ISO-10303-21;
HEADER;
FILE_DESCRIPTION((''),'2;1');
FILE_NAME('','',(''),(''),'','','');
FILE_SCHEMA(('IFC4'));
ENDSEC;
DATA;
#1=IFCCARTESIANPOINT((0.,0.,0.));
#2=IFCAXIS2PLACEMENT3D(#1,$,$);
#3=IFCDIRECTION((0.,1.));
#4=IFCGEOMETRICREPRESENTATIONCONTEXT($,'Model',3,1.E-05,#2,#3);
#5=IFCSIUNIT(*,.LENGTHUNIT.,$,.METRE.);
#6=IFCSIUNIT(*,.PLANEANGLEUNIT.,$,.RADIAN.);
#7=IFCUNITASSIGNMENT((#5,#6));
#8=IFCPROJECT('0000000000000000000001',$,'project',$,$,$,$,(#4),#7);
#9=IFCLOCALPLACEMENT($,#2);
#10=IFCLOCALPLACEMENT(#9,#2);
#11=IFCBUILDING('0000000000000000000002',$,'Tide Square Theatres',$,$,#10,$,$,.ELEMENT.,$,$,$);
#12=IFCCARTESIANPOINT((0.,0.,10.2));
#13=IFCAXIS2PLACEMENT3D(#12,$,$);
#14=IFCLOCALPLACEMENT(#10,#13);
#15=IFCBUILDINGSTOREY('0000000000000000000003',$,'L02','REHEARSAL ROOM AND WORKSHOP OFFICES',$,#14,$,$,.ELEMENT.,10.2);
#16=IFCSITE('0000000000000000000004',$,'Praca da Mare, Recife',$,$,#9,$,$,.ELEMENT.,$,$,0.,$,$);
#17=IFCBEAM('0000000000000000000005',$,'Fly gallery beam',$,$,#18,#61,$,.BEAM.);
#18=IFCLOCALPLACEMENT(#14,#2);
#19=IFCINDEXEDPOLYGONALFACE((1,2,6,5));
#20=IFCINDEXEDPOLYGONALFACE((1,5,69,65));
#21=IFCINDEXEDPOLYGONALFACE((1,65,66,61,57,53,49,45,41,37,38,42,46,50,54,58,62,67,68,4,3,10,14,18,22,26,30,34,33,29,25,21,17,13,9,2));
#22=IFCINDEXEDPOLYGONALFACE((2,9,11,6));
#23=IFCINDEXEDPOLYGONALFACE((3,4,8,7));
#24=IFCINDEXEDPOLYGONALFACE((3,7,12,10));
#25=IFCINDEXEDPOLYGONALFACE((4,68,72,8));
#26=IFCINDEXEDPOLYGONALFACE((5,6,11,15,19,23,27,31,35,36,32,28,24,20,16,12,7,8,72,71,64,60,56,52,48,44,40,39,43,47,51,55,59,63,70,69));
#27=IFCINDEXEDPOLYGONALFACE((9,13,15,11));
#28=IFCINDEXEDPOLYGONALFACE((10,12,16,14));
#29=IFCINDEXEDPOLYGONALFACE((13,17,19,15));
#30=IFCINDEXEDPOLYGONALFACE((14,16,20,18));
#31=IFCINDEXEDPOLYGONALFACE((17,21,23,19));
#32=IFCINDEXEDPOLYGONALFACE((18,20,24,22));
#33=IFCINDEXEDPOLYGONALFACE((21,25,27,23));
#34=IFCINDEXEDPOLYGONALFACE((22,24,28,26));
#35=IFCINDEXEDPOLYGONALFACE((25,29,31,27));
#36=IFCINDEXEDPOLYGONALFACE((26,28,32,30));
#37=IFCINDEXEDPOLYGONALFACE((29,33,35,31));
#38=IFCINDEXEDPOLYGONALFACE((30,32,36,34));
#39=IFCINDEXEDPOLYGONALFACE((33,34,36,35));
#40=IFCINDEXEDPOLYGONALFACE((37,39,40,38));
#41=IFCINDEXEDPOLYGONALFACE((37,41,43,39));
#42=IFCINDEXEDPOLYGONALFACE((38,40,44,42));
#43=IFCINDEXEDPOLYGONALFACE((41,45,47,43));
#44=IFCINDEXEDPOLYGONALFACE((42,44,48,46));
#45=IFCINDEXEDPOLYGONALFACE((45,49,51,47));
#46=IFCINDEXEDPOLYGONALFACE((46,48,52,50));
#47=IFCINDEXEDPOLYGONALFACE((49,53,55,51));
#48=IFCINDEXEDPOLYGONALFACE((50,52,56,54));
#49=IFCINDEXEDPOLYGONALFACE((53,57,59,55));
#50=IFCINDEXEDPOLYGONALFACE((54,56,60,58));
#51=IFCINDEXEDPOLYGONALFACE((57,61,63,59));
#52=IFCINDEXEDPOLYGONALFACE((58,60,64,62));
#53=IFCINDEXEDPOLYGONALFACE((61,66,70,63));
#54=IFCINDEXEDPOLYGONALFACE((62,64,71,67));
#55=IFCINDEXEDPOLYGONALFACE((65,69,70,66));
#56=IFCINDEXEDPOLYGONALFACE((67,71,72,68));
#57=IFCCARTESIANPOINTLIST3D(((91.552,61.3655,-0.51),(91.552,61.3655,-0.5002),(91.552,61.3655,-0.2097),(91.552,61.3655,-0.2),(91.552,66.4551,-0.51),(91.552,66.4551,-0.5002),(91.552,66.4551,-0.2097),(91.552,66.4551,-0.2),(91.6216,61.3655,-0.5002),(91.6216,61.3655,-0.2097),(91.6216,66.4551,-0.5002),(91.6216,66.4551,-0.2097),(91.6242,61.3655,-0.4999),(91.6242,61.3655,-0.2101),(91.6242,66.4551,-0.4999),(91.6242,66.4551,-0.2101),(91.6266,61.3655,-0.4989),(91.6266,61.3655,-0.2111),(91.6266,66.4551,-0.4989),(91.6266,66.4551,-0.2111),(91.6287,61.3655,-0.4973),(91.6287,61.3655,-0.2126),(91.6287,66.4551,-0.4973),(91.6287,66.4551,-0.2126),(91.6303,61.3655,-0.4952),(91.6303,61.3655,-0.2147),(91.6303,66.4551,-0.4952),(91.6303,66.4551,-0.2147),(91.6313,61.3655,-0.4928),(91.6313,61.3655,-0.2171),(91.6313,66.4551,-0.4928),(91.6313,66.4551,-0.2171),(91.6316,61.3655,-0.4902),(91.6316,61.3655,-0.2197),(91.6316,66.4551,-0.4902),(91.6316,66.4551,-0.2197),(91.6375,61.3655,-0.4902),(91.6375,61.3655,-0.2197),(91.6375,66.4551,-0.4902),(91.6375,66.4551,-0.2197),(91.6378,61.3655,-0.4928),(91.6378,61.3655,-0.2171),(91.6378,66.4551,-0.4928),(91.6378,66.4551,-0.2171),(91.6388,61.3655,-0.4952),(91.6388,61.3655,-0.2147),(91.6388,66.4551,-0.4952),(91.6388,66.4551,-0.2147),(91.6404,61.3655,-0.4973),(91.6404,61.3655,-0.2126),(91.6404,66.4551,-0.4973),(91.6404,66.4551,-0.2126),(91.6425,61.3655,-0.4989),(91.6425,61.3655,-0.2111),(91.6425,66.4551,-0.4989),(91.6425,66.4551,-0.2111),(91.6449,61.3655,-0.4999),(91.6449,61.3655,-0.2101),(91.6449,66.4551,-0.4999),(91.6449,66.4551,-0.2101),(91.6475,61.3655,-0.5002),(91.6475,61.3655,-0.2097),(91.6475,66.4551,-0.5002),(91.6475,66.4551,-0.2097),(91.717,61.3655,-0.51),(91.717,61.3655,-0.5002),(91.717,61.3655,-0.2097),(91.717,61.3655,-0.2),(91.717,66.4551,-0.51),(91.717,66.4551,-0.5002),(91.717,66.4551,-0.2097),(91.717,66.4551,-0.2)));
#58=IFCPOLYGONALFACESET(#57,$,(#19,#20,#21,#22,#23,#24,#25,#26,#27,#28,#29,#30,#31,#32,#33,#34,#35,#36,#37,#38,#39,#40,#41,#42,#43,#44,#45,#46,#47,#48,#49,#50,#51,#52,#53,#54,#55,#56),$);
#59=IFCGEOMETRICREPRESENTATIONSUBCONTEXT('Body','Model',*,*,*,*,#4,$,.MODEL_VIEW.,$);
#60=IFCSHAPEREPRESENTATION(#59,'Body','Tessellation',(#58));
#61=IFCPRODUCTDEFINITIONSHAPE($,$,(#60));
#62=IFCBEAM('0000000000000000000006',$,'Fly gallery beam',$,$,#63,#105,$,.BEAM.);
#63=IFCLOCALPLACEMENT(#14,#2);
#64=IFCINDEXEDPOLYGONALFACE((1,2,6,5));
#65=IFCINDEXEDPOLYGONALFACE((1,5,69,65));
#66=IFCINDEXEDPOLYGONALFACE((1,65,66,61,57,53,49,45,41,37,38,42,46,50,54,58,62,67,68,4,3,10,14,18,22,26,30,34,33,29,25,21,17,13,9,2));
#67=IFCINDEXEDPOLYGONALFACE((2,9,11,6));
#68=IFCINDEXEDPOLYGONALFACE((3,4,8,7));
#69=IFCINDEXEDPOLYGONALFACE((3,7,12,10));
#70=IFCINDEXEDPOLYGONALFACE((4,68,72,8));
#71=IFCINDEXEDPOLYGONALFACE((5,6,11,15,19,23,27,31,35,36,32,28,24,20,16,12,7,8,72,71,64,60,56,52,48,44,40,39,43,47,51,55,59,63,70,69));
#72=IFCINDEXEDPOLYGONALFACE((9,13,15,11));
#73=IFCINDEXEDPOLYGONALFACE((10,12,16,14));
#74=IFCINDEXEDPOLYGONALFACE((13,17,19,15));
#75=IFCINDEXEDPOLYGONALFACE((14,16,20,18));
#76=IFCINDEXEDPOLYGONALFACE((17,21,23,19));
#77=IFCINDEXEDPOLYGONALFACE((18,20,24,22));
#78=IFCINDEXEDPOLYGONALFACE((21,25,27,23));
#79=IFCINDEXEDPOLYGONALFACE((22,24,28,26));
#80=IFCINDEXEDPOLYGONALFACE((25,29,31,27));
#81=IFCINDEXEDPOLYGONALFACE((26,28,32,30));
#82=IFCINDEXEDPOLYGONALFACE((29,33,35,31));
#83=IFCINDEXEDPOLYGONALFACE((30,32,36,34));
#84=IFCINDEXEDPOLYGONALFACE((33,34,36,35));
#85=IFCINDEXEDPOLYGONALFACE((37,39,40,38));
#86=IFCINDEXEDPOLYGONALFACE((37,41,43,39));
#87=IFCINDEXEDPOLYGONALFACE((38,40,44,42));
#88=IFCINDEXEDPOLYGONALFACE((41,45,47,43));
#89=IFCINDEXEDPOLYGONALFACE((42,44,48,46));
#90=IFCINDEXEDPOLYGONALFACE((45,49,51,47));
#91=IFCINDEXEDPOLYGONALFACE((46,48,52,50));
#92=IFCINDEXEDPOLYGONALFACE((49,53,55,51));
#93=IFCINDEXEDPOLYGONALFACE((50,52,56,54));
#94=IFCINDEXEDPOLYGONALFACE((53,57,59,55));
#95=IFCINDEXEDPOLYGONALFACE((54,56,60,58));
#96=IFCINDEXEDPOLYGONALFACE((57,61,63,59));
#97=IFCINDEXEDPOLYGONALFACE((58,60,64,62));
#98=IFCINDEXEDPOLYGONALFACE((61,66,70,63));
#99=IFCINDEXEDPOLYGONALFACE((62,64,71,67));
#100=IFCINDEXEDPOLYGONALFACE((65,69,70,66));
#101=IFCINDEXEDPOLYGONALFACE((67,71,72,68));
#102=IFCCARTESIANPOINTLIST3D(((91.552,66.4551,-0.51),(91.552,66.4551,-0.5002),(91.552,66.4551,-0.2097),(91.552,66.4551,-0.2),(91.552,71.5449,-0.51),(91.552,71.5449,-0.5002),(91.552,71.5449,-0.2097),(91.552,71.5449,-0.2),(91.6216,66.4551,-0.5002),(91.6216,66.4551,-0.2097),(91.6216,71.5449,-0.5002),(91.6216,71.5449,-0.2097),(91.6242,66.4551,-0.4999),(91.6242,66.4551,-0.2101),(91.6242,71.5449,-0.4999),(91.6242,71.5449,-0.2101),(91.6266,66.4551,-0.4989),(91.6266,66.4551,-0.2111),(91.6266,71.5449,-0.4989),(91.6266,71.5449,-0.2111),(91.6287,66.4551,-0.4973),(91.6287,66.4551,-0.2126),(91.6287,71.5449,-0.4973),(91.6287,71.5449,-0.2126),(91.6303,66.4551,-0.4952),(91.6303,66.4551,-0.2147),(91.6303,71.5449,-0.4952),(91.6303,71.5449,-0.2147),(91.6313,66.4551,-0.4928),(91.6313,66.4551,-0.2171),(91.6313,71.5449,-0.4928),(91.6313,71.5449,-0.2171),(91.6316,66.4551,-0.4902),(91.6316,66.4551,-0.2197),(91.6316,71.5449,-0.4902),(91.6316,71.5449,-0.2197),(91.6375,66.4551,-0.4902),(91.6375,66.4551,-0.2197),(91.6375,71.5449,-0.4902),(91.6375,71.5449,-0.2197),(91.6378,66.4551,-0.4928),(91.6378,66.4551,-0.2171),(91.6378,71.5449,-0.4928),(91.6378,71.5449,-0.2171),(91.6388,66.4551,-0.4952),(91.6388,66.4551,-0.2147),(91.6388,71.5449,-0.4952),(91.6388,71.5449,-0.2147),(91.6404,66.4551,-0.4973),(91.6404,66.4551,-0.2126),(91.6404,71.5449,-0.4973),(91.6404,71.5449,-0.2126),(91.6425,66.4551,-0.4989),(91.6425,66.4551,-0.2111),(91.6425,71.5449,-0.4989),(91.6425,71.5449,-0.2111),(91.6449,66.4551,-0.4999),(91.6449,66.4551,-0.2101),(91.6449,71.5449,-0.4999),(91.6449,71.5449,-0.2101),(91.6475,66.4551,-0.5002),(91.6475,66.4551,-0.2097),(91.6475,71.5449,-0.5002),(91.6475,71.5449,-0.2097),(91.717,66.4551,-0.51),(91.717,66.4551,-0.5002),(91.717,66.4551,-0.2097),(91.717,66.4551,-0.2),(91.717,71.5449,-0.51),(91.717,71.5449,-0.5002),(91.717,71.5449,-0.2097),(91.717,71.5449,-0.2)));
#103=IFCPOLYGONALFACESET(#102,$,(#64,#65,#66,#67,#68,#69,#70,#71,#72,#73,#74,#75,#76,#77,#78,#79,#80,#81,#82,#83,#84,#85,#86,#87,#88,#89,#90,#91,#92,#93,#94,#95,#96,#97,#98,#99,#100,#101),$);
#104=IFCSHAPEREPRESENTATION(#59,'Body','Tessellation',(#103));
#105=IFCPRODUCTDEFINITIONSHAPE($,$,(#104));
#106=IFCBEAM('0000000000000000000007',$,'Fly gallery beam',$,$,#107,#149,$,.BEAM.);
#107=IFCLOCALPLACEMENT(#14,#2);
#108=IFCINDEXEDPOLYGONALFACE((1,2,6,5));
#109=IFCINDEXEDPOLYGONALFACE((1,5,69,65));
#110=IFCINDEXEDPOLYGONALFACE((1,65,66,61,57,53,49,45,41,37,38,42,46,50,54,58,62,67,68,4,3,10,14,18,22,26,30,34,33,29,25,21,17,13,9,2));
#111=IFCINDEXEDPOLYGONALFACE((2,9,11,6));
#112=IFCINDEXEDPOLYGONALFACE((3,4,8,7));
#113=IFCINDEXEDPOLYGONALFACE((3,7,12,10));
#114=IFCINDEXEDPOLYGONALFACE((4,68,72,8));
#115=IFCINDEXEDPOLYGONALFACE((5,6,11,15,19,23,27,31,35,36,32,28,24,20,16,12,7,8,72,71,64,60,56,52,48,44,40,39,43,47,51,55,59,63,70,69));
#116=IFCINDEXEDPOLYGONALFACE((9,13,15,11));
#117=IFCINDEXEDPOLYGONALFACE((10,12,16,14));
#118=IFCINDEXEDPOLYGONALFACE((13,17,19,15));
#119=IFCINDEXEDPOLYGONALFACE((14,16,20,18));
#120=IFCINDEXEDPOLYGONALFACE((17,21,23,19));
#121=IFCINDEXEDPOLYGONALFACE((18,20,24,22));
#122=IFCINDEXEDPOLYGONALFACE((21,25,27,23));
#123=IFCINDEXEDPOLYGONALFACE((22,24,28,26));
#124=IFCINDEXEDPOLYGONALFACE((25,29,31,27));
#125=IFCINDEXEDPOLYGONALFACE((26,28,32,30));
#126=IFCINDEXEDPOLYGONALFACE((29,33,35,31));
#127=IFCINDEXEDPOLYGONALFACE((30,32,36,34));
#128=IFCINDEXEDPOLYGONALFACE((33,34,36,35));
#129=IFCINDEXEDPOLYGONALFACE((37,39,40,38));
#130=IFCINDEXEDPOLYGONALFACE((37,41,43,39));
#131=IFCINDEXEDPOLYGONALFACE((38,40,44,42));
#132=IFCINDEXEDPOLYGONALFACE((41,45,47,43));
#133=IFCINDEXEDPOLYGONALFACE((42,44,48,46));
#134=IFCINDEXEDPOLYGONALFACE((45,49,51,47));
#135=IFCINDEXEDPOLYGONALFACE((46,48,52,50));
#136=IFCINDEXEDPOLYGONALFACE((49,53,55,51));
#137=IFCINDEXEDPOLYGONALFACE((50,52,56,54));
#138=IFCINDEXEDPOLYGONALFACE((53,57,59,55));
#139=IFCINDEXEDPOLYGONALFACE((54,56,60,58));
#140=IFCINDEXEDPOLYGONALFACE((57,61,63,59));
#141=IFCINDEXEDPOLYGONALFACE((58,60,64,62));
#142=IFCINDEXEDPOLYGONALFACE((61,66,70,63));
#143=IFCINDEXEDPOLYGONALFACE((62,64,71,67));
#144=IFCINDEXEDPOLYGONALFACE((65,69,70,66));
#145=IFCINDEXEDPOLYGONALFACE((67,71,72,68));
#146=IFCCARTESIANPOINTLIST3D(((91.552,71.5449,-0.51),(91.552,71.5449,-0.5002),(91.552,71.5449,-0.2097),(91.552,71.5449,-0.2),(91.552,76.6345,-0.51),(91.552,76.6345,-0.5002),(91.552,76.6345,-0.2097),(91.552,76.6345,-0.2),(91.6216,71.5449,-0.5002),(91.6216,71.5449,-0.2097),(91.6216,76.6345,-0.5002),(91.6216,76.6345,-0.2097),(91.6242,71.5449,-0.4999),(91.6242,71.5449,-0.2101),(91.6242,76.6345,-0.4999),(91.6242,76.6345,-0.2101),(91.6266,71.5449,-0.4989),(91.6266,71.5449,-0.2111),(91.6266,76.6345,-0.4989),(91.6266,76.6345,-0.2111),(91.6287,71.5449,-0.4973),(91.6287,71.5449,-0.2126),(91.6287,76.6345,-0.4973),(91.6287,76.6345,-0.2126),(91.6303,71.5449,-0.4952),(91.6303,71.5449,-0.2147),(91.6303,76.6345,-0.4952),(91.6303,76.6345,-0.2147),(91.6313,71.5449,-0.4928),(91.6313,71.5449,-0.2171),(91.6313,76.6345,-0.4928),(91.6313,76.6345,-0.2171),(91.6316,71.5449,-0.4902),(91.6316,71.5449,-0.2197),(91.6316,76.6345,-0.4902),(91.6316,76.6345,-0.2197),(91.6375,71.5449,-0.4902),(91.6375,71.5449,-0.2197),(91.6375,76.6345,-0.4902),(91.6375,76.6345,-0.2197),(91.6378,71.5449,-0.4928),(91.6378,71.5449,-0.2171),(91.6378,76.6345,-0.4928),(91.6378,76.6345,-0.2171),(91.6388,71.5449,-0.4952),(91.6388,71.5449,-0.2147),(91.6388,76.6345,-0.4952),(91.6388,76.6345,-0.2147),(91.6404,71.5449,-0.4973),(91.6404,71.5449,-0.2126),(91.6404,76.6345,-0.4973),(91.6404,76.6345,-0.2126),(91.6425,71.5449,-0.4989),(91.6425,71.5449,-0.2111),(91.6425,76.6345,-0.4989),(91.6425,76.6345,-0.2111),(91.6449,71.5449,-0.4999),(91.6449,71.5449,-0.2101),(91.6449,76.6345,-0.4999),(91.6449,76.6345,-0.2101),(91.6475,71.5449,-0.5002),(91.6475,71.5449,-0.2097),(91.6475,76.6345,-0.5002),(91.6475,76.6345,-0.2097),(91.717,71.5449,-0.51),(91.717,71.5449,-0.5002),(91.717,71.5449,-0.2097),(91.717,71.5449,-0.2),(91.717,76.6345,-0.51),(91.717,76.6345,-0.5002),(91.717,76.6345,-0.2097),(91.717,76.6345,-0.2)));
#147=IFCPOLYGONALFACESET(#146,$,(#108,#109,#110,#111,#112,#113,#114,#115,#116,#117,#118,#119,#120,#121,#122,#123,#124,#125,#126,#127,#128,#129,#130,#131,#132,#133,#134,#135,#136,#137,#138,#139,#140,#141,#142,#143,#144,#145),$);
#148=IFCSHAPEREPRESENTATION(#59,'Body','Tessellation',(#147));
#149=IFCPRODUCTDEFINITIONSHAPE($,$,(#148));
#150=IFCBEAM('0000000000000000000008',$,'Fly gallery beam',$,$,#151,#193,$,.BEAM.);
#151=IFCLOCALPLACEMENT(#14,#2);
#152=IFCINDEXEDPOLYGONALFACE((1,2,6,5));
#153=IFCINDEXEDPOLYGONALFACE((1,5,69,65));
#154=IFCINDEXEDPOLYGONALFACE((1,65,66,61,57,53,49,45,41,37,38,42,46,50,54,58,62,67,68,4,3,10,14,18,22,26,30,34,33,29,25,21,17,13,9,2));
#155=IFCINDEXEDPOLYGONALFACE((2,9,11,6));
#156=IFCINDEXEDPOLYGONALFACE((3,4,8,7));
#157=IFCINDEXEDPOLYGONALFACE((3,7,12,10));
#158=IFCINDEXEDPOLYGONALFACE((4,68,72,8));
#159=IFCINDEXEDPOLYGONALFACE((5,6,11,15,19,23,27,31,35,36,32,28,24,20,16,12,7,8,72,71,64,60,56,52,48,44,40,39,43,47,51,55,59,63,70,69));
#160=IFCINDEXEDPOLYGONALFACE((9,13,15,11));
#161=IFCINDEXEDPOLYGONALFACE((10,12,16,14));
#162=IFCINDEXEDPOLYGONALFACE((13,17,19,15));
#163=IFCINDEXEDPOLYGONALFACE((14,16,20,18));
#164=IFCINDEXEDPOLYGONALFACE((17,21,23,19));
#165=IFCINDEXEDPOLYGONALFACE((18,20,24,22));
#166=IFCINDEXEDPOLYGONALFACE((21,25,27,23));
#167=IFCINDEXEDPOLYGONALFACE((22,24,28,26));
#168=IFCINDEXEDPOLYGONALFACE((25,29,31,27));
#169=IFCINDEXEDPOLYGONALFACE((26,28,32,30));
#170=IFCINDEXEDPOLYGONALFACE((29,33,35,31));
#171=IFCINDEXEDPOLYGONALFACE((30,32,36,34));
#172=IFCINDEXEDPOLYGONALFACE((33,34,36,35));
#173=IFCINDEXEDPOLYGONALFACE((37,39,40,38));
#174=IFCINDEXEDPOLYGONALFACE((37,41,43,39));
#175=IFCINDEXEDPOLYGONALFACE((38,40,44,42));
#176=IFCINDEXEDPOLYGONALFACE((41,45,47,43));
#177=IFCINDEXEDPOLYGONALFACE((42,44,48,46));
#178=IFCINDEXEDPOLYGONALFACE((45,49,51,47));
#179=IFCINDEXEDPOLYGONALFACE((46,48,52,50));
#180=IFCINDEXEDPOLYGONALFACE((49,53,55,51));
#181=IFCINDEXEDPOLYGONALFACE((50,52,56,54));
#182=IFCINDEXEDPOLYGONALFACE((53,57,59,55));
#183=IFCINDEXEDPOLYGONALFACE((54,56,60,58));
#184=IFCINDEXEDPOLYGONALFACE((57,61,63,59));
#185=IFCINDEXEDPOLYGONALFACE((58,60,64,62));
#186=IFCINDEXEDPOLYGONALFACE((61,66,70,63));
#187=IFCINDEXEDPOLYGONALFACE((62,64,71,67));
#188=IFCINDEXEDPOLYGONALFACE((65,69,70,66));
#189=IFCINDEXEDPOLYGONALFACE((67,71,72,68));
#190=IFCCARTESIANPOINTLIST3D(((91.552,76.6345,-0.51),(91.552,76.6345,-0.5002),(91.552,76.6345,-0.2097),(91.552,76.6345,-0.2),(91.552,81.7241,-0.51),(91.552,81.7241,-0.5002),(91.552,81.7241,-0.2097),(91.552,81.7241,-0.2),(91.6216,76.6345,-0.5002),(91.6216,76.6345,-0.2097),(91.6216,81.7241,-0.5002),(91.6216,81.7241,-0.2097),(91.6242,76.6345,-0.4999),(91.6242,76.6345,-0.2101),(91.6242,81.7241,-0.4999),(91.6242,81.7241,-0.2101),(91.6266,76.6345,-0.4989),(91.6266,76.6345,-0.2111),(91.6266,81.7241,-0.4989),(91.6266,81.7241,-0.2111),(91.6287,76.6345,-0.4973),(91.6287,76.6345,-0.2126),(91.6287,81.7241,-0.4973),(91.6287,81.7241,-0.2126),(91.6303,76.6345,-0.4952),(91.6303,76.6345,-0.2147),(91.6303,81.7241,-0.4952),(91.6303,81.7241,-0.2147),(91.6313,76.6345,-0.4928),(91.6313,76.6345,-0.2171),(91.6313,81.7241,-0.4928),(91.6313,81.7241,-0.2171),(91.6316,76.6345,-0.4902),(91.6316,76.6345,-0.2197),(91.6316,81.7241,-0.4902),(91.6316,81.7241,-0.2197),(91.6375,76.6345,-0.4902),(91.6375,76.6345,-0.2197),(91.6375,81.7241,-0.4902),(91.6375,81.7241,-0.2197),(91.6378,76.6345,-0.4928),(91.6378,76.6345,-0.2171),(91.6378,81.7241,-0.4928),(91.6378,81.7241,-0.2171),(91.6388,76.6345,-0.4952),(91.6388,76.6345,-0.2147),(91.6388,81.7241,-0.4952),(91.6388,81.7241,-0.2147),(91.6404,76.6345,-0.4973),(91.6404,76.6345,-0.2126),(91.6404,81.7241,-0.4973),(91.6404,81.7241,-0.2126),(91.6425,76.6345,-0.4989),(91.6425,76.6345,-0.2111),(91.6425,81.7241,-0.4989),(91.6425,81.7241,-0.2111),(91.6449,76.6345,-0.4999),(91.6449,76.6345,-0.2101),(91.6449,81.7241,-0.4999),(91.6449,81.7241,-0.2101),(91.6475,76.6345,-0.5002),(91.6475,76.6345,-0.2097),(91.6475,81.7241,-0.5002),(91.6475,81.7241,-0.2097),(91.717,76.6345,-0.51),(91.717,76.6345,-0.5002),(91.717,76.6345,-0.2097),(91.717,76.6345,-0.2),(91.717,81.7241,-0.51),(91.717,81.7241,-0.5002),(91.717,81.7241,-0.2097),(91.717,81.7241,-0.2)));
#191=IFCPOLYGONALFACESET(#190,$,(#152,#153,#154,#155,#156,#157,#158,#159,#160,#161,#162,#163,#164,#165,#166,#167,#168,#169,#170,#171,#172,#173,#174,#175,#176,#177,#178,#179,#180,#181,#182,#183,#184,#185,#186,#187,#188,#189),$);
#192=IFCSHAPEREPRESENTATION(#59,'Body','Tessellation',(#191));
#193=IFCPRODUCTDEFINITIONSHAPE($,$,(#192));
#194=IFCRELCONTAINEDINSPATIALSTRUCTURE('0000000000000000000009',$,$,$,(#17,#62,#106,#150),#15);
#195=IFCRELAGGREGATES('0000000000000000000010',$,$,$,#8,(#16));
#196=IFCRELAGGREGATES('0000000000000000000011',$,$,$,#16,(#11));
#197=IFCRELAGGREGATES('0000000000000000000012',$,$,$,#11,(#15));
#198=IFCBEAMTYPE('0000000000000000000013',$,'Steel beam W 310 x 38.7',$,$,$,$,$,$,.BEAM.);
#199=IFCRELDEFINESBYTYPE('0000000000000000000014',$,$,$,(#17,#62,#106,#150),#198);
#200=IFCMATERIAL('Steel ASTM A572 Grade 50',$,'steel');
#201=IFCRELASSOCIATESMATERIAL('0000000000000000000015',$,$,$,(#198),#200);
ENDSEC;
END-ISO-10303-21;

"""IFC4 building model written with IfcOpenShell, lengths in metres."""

from ifc_helpers import new_model, si_unit, direction, frame, origin, origin_2d, place, context, subcontext, project, spatial, i_section, extrude, material, material_profile, profile_set, type_object, element, save


model = new_model("IFC4")

# Units and contexts
model_context = context("Model", 3, precision=1e-05, world=origin(), true_north=direction((0.0, 1.0)))
body_context = subcontext(model_context, "Body", "Model", "MODEL_VIEW")
ifc_project = project(units=[si_unit("LENGTHUNIT", "METRE"), si_unit("PLANEANGLEUNIT", "RADIAN")], contexts=[model_context])

# Site, building, storey
site_placement = place(None, origin())
site = spatial("IfcSite", under=ifc_project, at=site_placement, Name="Praca da Mare, Recife", CompositionType="ELEMENT", RefElevation=0.0)
building_placement = place(site_placement, origin())
building = spatial("IfcBuilding", under=site, at=building_placement, Name="Tide Square Theatres", CompositionType="ELEMENT")
storey_placement = place(building_placement, frame((0.0, 0.0, 10.2)))
storey = spatial("IfcBuildingStorey", under=building, at=storey_placement, Name="L02", Description="REHEARSAL ROOM AND WORKSHOP OFFICES", CompositionType="ELEMENT", Elevation=10.2)

# Beams
ifc_material_1 = material(Name="Steel ASTM A572 Grade 50", Category="steel")
ifc_material_profile_1 = material_profile(ifc_material_1, i_section(OverallWidth=0.165, OverallDepth=0.3101, WebThickness=0.0059, FlangeThickness=0.0098, FilletRadius=0.01, at=origin_2d()))
ifc_profile_set_1 = profile_set([ifc_material_profile_1], Name="Steel ASTM A572 Grade 50")
beam_type = type_object("IfcBeamType", Name="Steel beam W 310 x 38.7", PredefinedType="BEAM", material=ifc_profile_set_1)
for number, where, z_axis, x_axis, name in (
    (1, (91.6345, 61.3655, -0.355), (0.0, 1.0, 0.0), (-1.0, 0.0, 0.0), "Fly gallery beam"),
):
    element("IfcBeam", number, at=place(storey_placement, frame(where, z_axis=z_axis, x_axis=x_axis)), inside=storey, type_object=beam_type, Name=name, PredefinedType="BEAM", context=body_context, shape_type="SweptSolid", body=[
        extrude(i_section(OverallWidth=0.165, OverallDepth=0.3101, WebThickness=0.0059, FlangeThickness=0.0098, FilletRadius=0.01, at=origin_2d()), origin(), (0.0, 0.0, 1.0), 5.0896),
    ])
beam_1_placement = place(storey_placement, frame((91.6345, 66.4551, -0.355), z_axis=(0.0, 1.0, 0.0), x_axis=(-1.0, 0.0, 0.0)))
element("IfcBeam", 2, at=beam_1_placement, inside=storey, type_object=beam_type, Name="Fly gallery beam", PredefinedType="BEAM", context=body_context, shape_type="SweptSolid", body=[
    extrude(i_section(OverallWidth=0.165, OverallDepth=0.3101, WebThickness=0.0059, FlangeThickness=0.0098, FilletRadius=0.01, at=origin_2d()), origin(), (0.0, 0.0, 1.0), 5.0898),
])
for number, where, z_axis, x_axis, name in (
    (3, (91.6345, 71.5449, -0.355), (0.0, 1.0, 0.0), (-1.0, 0.0, 0.0), "Fly gallery beam"),
    (4, (91.6345, 76.6345, -0.355), (0.0, 1.0, 0.0), (-1.0, 0.0, 0.0), "Fly gallery beam"),
):
    element("IfcBeam", number, at=place(storey_placement, frame(where, z_axis=z_axis, x_axis=x_axis)), inside=storey, type_object=beam_type, Name=name, PredefinedType="BEAM", context=body_context, shape_type="SweptSolid", body=[
        extrude(i_section(OverallWidth=0.165, OverallDepth=0.3101, WebThickness=0.0059, FlangeThickness=0.0098, FilletRadius=0.01, at=origin_2d()), origin(), (0.0, 0.0, 1.0), 5.0896),
    ])

save(model, "model.ifc")
